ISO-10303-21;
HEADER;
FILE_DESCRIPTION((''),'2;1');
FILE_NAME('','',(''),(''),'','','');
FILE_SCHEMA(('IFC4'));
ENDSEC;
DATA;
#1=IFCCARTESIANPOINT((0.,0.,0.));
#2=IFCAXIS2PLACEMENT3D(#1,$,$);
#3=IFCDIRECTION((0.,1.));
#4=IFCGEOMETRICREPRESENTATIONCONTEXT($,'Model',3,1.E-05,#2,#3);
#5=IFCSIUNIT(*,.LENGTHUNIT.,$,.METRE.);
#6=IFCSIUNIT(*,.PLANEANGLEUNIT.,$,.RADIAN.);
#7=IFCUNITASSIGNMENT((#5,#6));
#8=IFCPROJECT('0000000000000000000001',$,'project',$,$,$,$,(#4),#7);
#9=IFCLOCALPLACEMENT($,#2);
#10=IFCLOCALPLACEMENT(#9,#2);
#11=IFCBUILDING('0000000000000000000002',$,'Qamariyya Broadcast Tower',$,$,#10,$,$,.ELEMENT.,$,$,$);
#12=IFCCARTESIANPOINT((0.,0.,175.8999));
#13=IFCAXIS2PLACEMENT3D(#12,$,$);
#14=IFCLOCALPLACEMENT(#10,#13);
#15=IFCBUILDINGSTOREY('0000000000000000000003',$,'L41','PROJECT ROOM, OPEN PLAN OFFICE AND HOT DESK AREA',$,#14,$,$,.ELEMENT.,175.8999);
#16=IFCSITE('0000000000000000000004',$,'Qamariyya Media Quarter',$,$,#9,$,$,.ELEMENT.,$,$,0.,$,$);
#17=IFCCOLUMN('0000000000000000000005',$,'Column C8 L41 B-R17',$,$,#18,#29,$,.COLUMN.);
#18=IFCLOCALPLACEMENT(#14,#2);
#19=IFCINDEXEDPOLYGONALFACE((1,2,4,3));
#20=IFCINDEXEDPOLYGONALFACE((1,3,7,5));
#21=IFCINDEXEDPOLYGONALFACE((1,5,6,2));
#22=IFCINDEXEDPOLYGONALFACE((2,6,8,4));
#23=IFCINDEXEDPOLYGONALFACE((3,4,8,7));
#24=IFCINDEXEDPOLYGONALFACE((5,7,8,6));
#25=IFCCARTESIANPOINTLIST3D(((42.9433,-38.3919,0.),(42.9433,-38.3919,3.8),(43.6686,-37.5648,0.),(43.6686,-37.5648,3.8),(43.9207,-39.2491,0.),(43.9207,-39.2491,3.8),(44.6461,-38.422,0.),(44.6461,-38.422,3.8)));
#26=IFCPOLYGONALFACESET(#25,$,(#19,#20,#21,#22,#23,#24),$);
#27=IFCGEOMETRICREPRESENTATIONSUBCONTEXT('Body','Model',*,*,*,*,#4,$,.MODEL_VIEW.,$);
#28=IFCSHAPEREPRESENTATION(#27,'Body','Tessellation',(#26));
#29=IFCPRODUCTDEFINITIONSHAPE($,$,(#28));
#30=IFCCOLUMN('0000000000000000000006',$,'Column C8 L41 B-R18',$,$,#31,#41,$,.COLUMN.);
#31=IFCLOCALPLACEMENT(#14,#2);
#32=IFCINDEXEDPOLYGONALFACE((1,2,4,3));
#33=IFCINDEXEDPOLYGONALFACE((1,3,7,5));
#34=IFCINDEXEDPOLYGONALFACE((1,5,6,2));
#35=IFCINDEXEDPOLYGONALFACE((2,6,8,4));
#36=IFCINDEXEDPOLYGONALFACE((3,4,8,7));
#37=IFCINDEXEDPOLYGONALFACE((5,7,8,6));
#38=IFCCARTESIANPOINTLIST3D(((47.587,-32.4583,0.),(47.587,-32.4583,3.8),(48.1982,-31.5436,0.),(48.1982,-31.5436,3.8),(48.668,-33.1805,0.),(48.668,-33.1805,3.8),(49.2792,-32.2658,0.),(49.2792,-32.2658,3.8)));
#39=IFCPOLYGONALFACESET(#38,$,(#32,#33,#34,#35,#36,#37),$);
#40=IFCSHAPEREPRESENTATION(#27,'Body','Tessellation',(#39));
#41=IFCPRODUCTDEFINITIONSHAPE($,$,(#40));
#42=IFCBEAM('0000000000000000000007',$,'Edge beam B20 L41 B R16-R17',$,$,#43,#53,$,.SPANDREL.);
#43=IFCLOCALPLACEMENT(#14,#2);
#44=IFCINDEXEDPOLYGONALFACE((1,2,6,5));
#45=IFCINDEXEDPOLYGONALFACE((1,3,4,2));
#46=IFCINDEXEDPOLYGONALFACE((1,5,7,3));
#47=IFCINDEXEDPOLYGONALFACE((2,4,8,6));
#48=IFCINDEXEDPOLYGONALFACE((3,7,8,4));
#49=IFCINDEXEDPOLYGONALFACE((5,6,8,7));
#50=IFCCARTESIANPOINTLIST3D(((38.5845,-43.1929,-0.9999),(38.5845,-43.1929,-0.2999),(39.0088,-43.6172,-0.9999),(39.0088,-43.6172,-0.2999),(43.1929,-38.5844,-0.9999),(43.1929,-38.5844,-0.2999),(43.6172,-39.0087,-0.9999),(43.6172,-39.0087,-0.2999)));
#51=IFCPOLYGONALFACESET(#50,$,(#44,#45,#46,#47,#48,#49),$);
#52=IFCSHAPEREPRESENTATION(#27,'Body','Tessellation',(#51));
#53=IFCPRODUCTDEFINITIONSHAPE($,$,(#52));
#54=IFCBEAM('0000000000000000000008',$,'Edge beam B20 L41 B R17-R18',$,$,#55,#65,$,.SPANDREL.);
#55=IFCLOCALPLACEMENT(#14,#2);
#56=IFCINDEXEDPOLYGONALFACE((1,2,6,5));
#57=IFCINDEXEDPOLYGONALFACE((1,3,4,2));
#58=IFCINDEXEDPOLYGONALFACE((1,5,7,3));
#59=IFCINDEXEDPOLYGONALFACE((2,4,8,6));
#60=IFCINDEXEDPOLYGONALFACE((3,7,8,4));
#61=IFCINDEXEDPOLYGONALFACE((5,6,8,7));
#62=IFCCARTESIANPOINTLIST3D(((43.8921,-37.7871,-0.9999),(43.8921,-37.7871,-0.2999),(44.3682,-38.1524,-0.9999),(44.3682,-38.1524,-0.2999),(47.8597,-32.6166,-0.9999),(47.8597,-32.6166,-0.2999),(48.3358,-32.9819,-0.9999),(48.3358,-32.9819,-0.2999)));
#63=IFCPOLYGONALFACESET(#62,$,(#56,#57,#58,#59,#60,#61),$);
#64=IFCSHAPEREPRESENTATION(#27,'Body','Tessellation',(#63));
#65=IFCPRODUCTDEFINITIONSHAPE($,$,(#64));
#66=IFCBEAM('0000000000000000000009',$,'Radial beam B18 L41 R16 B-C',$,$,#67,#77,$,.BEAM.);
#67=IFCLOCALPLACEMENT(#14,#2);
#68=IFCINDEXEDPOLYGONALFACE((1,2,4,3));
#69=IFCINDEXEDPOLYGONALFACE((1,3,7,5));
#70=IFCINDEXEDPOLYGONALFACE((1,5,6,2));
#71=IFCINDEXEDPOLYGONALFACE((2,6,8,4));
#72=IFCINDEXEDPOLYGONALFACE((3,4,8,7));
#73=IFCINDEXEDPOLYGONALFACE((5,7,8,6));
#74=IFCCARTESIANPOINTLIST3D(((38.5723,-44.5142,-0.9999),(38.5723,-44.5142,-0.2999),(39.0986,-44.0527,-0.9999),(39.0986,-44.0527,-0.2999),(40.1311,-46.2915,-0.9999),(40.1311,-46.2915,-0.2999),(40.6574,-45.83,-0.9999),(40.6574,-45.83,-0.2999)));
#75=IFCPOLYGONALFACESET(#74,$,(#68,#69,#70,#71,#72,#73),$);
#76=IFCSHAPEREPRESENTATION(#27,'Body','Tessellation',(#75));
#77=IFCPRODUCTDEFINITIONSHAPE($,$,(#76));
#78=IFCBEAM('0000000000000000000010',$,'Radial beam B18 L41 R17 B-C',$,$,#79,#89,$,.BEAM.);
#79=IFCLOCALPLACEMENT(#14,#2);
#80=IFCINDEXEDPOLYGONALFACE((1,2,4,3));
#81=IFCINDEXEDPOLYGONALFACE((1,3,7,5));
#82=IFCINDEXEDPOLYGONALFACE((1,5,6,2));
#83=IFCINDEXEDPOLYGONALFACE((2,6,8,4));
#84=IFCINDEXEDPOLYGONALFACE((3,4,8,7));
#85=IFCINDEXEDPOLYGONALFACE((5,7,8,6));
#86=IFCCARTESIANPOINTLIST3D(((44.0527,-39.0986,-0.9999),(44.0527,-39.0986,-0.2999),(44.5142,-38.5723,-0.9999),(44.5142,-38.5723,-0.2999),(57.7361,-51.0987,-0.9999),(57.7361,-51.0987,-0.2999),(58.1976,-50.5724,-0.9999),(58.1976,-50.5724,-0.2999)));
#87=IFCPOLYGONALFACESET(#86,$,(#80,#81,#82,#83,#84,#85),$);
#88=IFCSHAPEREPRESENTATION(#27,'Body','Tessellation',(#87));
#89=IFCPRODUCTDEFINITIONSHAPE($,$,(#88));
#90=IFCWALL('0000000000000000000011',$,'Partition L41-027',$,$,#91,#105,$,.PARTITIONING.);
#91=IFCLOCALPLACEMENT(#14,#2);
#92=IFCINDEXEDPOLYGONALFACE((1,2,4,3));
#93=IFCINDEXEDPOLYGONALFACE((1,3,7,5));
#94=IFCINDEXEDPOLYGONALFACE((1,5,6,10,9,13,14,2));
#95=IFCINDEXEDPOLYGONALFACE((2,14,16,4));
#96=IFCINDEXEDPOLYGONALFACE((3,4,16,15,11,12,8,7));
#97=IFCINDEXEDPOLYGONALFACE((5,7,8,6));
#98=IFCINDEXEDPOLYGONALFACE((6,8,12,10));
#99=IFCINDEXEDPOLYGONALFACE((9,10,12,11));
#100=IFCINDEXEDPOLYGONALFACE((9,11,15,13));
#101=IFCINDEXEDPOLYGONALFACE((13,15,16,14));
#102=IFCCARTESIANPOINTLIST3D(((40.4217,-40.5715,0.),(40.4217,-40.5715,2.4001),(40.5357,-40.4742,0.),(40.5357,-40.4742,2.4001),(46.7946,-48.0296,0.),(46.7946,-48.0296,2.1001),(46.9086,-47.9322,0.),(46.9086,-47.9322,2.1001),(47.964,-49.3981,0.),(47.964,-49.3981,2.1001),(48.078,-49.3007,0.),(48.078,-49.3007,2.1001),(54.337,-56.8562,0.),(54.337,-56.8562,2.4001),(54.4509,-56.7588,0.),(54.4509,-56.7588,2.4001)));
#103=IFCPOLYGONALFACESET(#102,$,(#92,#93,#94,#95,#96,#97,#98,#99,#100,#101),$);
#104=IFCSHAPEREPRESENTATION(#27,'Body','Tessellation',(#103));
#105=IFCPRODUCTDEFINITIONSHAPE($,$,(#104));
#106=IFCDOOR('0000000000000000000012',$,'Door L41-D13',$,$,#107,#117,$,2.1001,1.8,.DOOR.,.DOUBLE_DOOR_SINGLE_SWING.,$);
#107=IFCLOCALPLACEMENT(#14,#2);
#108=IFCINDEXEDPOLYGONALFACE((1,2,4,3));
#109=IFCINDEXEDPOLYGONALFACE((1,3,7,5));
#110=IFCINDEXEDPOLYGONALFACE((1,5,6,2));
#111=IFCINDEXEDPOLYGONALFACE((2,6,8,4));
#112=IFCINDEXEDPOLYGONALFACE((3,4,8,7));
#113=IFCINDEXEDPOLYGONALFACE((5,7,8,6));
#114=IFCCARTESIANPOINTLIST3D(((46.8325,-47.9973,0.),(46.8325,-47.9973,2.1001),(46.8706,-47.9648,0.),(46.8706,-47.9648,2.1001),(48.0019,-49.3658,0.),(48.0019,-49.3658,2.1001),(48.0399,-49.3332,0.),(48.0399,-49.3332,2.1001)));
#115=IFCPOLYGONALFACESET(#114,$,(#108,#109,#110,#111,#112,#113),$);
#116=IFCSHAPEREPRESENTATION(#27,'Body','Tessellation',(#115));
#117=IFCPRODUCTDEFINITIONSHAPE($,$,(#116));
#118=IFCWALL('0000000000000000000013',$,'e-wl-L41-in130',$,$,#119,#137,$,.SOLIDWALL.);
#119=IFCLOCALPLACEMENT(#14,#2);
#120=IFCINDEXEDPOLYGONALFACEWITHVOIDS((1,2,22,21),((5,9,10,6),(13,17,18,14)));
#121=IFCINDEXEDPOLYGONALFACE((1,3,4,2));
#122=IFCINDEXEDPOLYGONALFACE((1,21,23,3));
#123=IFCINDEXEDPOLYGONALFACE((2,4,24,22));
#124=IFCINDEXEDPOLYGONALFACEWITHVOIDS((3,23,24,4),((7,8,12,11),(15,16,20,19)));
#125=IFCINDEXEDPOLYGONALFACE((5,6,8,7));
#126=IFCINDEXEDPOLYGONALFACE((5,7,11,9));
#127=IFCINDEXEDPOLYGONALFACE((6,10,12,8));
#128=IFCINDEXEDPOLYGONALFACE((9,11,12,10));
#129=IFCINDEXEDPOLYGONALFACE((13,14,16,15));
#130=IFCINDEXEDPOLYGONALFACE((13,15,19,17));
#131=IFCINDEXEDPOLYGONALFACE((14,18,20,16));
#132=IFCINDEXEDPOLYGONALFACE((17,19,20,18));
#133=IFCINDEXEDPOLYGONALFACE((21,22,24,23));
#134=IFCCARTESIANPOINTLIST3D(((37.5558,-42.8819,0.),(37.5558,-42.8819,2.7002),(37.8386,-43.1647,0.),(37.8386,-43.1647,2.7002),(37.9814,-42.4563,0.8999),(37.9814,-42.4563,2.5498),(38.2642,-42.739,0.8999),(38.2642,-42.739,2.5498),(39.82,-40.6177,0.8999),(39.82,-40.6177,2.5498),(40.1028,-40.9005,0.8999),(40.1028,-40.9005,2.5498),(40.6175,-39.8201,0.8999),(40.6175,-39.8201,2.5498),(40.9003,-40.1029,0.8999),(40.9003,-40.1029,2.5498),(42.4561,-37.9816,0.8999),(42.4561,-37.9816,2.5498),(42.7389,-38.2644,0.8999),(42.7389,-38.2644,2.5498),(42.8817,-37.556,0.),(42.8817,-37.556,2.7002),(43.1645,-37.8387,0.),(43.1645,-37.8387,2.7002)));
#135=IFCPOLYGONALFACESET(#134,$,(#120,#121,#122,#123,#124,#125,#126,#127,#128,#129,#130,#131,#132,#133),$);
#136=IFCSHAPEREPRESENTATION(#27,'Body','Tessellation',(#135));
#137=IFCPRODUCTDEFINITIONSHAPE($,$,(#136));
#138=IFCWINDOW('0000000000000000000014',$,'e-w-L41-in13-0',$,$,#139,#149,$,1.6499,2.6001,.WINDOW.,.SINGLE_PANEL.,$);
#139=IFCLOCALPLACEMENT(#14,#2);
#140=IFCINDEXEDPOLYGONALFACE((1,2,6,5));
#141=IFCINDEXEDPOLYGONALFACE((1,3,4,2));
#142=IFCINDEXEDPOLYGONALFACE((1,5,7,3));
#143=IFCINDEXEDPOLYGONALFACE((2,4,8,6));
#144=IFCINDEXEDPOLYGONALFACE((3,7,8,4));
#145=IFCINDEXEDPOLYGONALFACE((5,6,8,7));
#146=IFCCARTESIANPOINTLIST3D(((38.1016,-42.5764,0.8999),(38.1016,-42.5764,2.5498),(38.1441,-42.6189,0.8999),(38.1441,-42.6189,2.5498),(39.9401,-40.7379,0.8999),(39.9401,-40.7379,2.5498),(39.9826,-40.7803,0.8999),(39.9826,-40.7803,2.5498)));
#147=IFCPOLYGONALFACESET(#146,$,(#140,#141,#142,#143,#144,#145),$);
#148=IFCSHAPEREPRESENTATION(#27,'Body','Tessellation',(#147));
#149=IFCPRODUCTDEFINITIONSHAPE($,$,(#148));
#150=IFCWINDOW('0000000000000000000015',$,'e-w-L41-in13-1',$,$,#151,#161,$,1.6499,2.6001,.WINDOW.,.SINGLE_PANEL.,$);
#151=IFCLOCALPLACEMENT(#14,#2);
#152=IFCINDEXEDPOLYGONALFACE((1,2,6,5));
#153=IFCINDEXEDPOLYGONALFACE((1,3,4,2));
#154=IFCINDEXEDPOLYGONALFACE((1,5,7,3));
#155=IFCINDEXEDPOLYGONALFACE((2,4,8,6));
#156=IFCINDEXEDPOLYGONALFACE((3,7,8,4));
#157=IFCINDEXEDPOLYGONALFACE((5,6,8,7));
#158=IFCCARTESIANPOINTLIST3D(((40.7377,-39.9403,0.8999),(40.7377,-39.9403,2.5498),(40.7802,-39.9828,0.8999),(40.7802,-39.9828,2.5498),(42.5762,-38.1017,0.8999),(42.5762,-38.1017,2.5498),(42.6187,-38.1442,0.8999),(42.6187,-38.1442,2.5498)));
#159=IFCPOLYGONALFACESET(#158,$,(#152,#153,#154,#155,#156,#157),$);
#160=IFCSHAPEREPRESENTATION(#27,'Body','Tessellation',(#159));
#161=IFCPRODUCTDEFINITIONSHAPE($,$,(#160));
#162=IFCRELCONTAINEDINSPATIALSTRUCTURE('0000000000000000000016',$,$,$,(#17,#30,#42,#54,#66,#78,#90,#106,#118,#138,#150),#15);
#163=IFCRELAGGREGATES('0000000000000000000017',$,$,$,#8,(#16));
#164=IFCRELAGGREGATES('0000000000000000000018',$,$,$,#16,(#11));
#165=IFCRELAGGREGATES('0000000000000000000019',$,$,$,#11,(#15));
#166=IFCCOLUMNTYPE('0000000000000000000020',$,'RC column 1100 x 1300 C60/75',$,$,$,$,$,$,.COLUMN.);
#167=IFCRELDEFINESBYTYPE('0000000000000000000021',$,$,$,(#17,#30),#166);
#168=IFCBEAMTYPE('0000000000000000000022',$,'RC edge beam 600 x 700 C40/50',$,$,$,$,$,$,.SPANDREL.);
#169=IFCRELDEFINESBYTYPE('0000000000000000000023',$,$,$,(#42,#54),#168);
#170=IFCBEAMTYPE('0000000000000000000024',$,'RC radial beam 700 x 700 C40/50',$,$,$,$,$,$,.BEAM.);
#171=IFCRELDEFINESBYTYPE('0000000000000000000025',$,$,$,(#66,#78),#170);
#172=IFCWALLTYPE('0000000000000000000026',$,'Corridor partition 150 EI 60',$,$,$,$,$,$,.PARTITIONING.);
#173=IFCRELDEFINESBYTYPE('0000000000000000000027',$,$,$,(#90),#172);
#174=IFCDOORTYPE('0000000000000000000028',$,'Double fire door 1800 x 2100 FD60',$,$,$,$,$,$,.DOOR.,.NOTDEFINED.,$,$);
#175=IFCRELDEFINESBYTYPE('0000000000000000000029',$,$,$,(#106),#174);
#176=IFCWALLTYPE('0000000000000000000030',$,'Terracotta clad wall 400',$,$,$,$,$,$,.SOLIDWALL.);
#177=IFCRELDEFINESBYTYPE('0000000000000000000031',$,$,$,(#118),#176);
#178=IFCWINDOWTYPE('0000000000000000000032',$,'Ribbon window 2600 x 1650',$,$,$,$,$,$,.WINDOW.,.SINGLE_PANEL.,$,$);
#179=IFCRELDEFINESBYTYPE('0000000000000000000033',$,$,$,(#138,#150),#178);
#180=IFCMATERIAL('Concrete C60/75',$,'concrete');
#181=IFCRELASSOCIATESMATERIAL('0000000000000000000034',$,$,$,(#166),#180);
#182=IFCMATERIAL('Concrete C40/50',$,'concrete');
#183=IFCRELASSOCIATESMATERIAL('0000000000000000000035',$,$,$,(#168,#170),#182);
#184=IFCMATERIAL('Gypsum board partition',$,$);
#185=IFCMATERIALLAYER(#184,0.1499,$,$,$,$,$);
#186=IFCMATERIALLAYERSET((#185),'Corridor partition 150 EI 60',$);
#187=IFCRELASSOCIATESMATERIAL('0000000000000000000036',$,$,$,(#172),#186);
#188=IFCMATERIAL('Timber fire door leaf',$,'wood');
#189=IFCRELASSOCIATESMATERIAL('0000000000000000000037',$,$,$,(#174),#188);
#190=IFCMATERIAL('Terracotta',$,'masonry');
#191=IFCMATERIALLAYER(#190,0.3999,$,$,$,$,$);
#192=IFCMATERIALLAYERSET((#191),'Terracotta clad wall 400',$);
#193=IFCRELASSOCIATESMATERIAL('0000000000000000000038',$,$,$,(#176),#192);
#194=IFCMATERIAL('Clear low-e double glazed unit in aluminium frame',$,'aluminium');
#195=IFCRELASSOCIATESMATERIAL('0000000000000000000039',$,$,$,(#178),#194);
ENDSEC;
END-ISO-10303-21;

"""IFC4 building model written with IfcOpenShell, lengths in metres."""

from ifc_helpers import new_model, si_unit, direction, frame, frame_2d, origin, origin_2d, place, context, subcontext, project, spatial, rectangle, extrude, material, layer, layer_set, material_profile, profile_set, type_object, element, fill, save


model = new_model("IFC4")

# Units and contexts
model_context = context("Model", 3, precision=1e-05, world=origin(), true_north=direction((0.0, 1.0)))
body_context = subcontext(model_context, "Body", "Model", "MODEL_VIEW")
ifc_project = project(units=[si_unit("LENGTHUNIT", "METRE"), si_unit("PLANEANGLEUNIT", "RADIAN")], contexts=[model_context])

# Site, building, storey
site_placement = place(None, origin())
site = spatial("IfcSite", under=ifc_project, at=site_placement, Name="Qamariyya Media Quarter", CompositionType="ELEMENT", RefElevation=0.0)
building_placement = place(site_placement, origin())
building = spatial("IfcBuilding", under=site, at=building_placement, Name="Qamariyya Broadcast Tower", CompositionType="ELEMENT")
storey_placement = place(building_placement, frame((0.0, 0.0, 175.8999)))
storey = spatial("IfcBuildingStorey", under=building, at=storey_placement, Name="L41", Description="PROJECT ROOM, OPEN PLAN OFFICE AND HOT DESK AREA", CompositionType="ELEMENT", Elevation=175.8999)

# Columns
ifc_material_1 = material(Name="Concrete C60/75", Category="concrete")
ifc_material_profile_1 = material_profile(ifc_material_1, rectangle(XDim=1.1001, YDim=1.3, at=origin_2d()))
ifc_profile_set_1 = profile_set([ifc_material_profile_1], Name="Concrete C60/75")
column_type = type_object("IfcColumnType", Name="RC column 1100 x 1300 C60/75", PredefinedType="COLUMN", material=ifc_profile_set_1)
for number, where, z_axis, x_axis, name in (
    (1, (43.7947, -38.407, 0.0), (0.0, 0.0, 1.0), (0.659346, 0.75184, 0.0), "Column C8 L41 B-R17"),
    (2, (48.4331, -32.3621, 0.0), (0.0, 0.0, 1.0), (0.55557, 0.83147, 0.0), "Column C8 L41 B-R18"),
):
    element("IfcColumn", number, at=place(storey_placement, frame(where, z_axis=z_axis, x_axis=x_axis)), inside=storey, type_object=column_type, Name=name, PredefinedType="COLUMN", context=body_context, shape_type="SweptSolid", body=[
        extrude(rectangle(XDim=1.1001, YDim=1.3, at=origin_2d()), origin(), (0.0, 0.0, 1.0), 3.8),
    ])

# Beams
ifc_material_2 = material(Name="Concrete C40/50", Category="concrete")
ifc_material_profile_2 = material_profile(ifc_material_2, rectangle(XDim=0.6001, YDim=0.7, at=origin_2d()))
ifc_profile_set_2 = profile_set([ifc_material_profile_2], Name="Concrete C40/50")
beam_type_1 = type_object("IfcBeamType", Name="RC edge beam 600 x 700 C40/50", PredefinedType="SPANDREL", material=ifc_profile_set_2)
for number, where, z_axis, x_axis, name in (
    (3, (38.7966, -43.405, -0.6499), (0.707107, 0.707107, 0.0), (-0.707107, 0.707107, 0.0), "Edge beam B20 L41 B R16-R17"),
    (4, (44.1301, -37.9697, -0.6499), (0.608774, 0.793343, 0.0), (-0.793343, 0.608774, 0.0), "Edge beam B20 L41 B R17-R18"),
):
    element("IfcBeam", number, at=place(storey_placement, frame(where, z_axis=z_axis, x_axis=x_axis)), inside=storey, type_object=beam_type_1, Name=name, PredefinedType="SPANDREL", context=body_context, shape_type="SweptSolid", body=[
        extrude(rectangle(XDim=0.6001, YDim=0.7, at=origin_2d()), origin(), (0.0, 0.0, 1.0), 6.5173),
    ])
ifc_material_profile_3 = material_profile(ifc_material_2, rectangle(XDim=0.7, YDim=0.7, at=origin_2d()))
ifc_profile_set_3 = profile_set([ifc_material_profile_3], Name="Concrete C40/50")
beam_type_2 = type_object("IfcBeamType", Name="RC radial beam 700 x 700 C40/50", PredefinedType="BEAM", material=ifc_profile_set_3)
beam_1_placement = place(storey_placement, frame((38.8354, -44.2834, -0.6499), z_axis=(0.659382, -0.751809, 0.0), x_axis=(0.751809, 0.659382, 0.0)))
element("IfcBeam", 5, at=beam_1_placement, inside=storey, type_object=beam_type_2, Name="Radial beam B18 L41 R16 B-C", PredefinedType="BEAM", context=body_context, shape_type="SweptSolid", body=[
    extrude(rectangle(XDim=0.7, YDim=0.7, at=origin_2d()), origin(), (0.0, 0.0, 1.0), 2.364),
])
beam_2_placement = place(storey_placement, frame((44.2834, -38.8354, -0.6499), z_axis=(0.751839, -0.659347, 0.0), x_axis=(0.659347, 0.751839, 0.0)))
element("IfcBeam", 6, at=beam_2_placement, inside=storey, type_object=beam_type_2, Name="Radial beam B18 L41 R17 B-C", PredefinedType="BEAM", context=body_context, shape_type="SweptSolid", body=[
    extrude(rectangle(XDim=0.7, YDim=0.7, at=origin_2d()), origin(), (0.0, 0.0, 1.0), 18.2),
])

# Wall, opening, door
ifc_material_3 = material(Name="Gypsum board partition")
ifc_layer_1 = layer(ifc_material_3, 0.1499)
ifc_layer_set_1 = layer_set([ifc_layer_1], Name="Corridor partition 150 EI 60")
wall_type_1 = type_object("IfcWallType", Name="Corridor partition 150 EI 60", PredefinedType="PARTITIONING", material=ifc_layer_set_1)
wall_1_placement = place(storey_placement, frame((40.4788, -40.5229, 0.0), z_axis=(0.0, 0.0, 1.0), x_axis=(0.649633, -0.760248, 0.0)))
wall_1 = element("IfcWall", 7, at=wall_1_placement, inside=storey, type_object=wall_type_1, Name="Partition L41-027", PredefinedType="PARTITIONING", context=body_context, shape_type="SweptSolid", body=[
    extrude(rectangle(XDim=21.4202, YDim=0.1499, at=frame_2d((10.71, 0.0))), origin(), (0.0, 0.0, 1.0), 2.4001),
])
opening_1_placement = place(wall_1_placement, frame((9.8101, 0.0, 0.0)))
opening_1 = element("IfcOpeningElement", 8, at=opening_1_placement, cuts=wall_1, PredefinedType="OPENING", context=body_context, shape_type="SweptSolid", body=[
    extrude(rectangle(XDim=1.8, YDim=2.1001, at=frame_2d((0.8999, 1.05))), frame((0.0, 0.085, 0.0), z_axis=(0.0, -1.0, 0.0), x_axis=(1.0, 0.0, 0.0)), (0.0, 0.0, 1.0), 0.1699),
])
ifc_material_4 = material(Name="Timber fire door leaf", Category="wood")
door_type = type_object("IfcDoorType", Name="Double fire door 1800 x 2100 FD60", OperationType="NOTDEFINED", PredefinedType="DOOR", material=ifc_material_4)
door_placement = place(opening_1_placement, origin())
door = element("IfcDoor", 9, at=door_placement, inside=storey, type_object=door_type, Name="Door L41-D13", OperationType="DOUBLE_DOOR_SINGLE_SWING", OverallHeight=2.1001, OverallWidth=1.8, PredefinedType="DOOR", context=body_context, shape_type="SweptSolid", body=[
    extrude(rectangle(XDim=1.8, YDim=2.1001, at=frame_2d((0.8999, 1.05))), frame((0.0, 0.0249, 0.0), z_axis=(0.0, -1.0, 0.0), x_axis=(1.0, 0.0, 0.0)), (0.0, 0.0, 1.0), 0.05),
])
fill(opening_1, door)

# Wall, openings, windows
ifc_material_5 = material(Name="Terracotta", Category="masonry")
ifc_layer_2 = layer(ifc_material_5, 0.3999)
ifc_layer_set_2 = layer_set([ifc_layer_2], Name="Terracotta clad wall 400")
wall_type_2 = type_object("IfcWallType", Name="Terracotta clad wall 400", PredefinedType="SOLIDWALL", material=ifc_layer_set_2)
wall_2_placement = place(storey_placement, frame((43.0232, -37.6973, 0.0), z_axis=(0.0, 0.0, 1.0), x_axis=(-0.707107, -0.707107, 0.0)))
wall_2 = element("IfcWall", 10, at=wall_2_placement, inside=storey, type_object=wall_type_2, Name="e-wl-L41-in130", PredefinedType="SOLIDWALL", context=body_context, shape_type="SweptSolid", body=[
    extrude(rectangle(XDim=7.532, YDim=0.3999, at=frame_2d((3.7661, 0.0))), origin(), (0.0, 0.0, 1.0), 2.7002),
])
opening_2_placement = place(wall_2_placement, frame((4.3301, 0.0, 0.8999)))
opening_2 = element("IfcOpeningElement", 11, at=opening_2_placement, cuts=wall_2, PredefinedType="OPENING", context=body_context, shape_type="SweptSolid", body=[
    extrude(rectangle(XDim=2.6001, YDim=1.6499, at=frame_2d((1.3, 0.825))), frame((0.0, 0.21, 0.0), z_axis=(0.0, -1.0, 0.0), x_axis=(1.0, 0.0, 0.0)), (0.0, 0.0, 1.0), 0.4199),
])
opening_3_placement = place(wall_2_placement, frame((0.6021, 0.0, 0.8999)))
opening_3 = element("IfcOpeningElement", 12, at=opening_3_placement, cuts=wall_2, PredefinedType="OPENING", context=body_context, shape_type="SweptSolid", body=[
    extrude(rectangle(XDim=2.6001, YDim=1.6499, at=frame_2d((1.3, 0.825))), frame((0.0, 0.21, 0.0), z_axis=(0.0, -1.0, 0.0), x_axis=(1.0, 0.0, 0.0)), (0.0, 0.0, 1.0), 0.4199),
])
ifc_material_6 = material(Name="Clear low-e double glazed unit in aluminium frame", Category="aluminium")
window_type = type_object("IfcWindowType", Name="Ribbon window 2600 x 1650", PartitioningType="SINGLE_PANEL", PredefinedType="WINDOW", material=ifc_material_6)
window_1_placement = place(opening_2_placement, origin())
window_1 = element("IfcWindow", 13, at=window_1_placement, inside=storey, type_object=window_type, Name="e-w-L41-in13-0", OverallHeight=1.6499, OverallWidth=2.6001, PartitioningType="SINGLE_PANEL", PredefinedType="WINDOW", context=body_context, shape_type="SweptSolid", body=[
    extrude(rectangle(XDim=2.6001, YDim=1.6499, at=frame_2d((1.3, 0.825))), frame((0.0, 0.03, 0.0), z_axis=(0.0, -1.0, 0.0), x_axis=(1.0, 0.0, 0.0)), (0.0, 0.0, 1.0), 0.0601),
])
fill(opening_2, window_1)
window_2_placement = place(opening_3_placement, origin())
window_2 = element("IfcWindow", 14, at=window_2_placement, inside=storey, type_object=window_type, Name="e-w-L41-in13-1", OverallHeight=1.6499, OverallWidth=2.6001, PartitioningType="SINGLE_PANEL", PredefinedType="WINDOW", context=body_context, shape_type="SweptSolid", body=[
    extrude(rectangle(XDim=2.6001, YDim=1.6499, at=frame_2d((1.3, 0.825))), frame((0.0, 0.03, 0.0), z_axis=(0.0, -1.0, 0.0), x_axis=(1.0, 0.0, 0.0)), (0.0, 0.0, 1.0), 0.0601),
])
fill(opening_3, window_2)

save(model, "model.ifc")
